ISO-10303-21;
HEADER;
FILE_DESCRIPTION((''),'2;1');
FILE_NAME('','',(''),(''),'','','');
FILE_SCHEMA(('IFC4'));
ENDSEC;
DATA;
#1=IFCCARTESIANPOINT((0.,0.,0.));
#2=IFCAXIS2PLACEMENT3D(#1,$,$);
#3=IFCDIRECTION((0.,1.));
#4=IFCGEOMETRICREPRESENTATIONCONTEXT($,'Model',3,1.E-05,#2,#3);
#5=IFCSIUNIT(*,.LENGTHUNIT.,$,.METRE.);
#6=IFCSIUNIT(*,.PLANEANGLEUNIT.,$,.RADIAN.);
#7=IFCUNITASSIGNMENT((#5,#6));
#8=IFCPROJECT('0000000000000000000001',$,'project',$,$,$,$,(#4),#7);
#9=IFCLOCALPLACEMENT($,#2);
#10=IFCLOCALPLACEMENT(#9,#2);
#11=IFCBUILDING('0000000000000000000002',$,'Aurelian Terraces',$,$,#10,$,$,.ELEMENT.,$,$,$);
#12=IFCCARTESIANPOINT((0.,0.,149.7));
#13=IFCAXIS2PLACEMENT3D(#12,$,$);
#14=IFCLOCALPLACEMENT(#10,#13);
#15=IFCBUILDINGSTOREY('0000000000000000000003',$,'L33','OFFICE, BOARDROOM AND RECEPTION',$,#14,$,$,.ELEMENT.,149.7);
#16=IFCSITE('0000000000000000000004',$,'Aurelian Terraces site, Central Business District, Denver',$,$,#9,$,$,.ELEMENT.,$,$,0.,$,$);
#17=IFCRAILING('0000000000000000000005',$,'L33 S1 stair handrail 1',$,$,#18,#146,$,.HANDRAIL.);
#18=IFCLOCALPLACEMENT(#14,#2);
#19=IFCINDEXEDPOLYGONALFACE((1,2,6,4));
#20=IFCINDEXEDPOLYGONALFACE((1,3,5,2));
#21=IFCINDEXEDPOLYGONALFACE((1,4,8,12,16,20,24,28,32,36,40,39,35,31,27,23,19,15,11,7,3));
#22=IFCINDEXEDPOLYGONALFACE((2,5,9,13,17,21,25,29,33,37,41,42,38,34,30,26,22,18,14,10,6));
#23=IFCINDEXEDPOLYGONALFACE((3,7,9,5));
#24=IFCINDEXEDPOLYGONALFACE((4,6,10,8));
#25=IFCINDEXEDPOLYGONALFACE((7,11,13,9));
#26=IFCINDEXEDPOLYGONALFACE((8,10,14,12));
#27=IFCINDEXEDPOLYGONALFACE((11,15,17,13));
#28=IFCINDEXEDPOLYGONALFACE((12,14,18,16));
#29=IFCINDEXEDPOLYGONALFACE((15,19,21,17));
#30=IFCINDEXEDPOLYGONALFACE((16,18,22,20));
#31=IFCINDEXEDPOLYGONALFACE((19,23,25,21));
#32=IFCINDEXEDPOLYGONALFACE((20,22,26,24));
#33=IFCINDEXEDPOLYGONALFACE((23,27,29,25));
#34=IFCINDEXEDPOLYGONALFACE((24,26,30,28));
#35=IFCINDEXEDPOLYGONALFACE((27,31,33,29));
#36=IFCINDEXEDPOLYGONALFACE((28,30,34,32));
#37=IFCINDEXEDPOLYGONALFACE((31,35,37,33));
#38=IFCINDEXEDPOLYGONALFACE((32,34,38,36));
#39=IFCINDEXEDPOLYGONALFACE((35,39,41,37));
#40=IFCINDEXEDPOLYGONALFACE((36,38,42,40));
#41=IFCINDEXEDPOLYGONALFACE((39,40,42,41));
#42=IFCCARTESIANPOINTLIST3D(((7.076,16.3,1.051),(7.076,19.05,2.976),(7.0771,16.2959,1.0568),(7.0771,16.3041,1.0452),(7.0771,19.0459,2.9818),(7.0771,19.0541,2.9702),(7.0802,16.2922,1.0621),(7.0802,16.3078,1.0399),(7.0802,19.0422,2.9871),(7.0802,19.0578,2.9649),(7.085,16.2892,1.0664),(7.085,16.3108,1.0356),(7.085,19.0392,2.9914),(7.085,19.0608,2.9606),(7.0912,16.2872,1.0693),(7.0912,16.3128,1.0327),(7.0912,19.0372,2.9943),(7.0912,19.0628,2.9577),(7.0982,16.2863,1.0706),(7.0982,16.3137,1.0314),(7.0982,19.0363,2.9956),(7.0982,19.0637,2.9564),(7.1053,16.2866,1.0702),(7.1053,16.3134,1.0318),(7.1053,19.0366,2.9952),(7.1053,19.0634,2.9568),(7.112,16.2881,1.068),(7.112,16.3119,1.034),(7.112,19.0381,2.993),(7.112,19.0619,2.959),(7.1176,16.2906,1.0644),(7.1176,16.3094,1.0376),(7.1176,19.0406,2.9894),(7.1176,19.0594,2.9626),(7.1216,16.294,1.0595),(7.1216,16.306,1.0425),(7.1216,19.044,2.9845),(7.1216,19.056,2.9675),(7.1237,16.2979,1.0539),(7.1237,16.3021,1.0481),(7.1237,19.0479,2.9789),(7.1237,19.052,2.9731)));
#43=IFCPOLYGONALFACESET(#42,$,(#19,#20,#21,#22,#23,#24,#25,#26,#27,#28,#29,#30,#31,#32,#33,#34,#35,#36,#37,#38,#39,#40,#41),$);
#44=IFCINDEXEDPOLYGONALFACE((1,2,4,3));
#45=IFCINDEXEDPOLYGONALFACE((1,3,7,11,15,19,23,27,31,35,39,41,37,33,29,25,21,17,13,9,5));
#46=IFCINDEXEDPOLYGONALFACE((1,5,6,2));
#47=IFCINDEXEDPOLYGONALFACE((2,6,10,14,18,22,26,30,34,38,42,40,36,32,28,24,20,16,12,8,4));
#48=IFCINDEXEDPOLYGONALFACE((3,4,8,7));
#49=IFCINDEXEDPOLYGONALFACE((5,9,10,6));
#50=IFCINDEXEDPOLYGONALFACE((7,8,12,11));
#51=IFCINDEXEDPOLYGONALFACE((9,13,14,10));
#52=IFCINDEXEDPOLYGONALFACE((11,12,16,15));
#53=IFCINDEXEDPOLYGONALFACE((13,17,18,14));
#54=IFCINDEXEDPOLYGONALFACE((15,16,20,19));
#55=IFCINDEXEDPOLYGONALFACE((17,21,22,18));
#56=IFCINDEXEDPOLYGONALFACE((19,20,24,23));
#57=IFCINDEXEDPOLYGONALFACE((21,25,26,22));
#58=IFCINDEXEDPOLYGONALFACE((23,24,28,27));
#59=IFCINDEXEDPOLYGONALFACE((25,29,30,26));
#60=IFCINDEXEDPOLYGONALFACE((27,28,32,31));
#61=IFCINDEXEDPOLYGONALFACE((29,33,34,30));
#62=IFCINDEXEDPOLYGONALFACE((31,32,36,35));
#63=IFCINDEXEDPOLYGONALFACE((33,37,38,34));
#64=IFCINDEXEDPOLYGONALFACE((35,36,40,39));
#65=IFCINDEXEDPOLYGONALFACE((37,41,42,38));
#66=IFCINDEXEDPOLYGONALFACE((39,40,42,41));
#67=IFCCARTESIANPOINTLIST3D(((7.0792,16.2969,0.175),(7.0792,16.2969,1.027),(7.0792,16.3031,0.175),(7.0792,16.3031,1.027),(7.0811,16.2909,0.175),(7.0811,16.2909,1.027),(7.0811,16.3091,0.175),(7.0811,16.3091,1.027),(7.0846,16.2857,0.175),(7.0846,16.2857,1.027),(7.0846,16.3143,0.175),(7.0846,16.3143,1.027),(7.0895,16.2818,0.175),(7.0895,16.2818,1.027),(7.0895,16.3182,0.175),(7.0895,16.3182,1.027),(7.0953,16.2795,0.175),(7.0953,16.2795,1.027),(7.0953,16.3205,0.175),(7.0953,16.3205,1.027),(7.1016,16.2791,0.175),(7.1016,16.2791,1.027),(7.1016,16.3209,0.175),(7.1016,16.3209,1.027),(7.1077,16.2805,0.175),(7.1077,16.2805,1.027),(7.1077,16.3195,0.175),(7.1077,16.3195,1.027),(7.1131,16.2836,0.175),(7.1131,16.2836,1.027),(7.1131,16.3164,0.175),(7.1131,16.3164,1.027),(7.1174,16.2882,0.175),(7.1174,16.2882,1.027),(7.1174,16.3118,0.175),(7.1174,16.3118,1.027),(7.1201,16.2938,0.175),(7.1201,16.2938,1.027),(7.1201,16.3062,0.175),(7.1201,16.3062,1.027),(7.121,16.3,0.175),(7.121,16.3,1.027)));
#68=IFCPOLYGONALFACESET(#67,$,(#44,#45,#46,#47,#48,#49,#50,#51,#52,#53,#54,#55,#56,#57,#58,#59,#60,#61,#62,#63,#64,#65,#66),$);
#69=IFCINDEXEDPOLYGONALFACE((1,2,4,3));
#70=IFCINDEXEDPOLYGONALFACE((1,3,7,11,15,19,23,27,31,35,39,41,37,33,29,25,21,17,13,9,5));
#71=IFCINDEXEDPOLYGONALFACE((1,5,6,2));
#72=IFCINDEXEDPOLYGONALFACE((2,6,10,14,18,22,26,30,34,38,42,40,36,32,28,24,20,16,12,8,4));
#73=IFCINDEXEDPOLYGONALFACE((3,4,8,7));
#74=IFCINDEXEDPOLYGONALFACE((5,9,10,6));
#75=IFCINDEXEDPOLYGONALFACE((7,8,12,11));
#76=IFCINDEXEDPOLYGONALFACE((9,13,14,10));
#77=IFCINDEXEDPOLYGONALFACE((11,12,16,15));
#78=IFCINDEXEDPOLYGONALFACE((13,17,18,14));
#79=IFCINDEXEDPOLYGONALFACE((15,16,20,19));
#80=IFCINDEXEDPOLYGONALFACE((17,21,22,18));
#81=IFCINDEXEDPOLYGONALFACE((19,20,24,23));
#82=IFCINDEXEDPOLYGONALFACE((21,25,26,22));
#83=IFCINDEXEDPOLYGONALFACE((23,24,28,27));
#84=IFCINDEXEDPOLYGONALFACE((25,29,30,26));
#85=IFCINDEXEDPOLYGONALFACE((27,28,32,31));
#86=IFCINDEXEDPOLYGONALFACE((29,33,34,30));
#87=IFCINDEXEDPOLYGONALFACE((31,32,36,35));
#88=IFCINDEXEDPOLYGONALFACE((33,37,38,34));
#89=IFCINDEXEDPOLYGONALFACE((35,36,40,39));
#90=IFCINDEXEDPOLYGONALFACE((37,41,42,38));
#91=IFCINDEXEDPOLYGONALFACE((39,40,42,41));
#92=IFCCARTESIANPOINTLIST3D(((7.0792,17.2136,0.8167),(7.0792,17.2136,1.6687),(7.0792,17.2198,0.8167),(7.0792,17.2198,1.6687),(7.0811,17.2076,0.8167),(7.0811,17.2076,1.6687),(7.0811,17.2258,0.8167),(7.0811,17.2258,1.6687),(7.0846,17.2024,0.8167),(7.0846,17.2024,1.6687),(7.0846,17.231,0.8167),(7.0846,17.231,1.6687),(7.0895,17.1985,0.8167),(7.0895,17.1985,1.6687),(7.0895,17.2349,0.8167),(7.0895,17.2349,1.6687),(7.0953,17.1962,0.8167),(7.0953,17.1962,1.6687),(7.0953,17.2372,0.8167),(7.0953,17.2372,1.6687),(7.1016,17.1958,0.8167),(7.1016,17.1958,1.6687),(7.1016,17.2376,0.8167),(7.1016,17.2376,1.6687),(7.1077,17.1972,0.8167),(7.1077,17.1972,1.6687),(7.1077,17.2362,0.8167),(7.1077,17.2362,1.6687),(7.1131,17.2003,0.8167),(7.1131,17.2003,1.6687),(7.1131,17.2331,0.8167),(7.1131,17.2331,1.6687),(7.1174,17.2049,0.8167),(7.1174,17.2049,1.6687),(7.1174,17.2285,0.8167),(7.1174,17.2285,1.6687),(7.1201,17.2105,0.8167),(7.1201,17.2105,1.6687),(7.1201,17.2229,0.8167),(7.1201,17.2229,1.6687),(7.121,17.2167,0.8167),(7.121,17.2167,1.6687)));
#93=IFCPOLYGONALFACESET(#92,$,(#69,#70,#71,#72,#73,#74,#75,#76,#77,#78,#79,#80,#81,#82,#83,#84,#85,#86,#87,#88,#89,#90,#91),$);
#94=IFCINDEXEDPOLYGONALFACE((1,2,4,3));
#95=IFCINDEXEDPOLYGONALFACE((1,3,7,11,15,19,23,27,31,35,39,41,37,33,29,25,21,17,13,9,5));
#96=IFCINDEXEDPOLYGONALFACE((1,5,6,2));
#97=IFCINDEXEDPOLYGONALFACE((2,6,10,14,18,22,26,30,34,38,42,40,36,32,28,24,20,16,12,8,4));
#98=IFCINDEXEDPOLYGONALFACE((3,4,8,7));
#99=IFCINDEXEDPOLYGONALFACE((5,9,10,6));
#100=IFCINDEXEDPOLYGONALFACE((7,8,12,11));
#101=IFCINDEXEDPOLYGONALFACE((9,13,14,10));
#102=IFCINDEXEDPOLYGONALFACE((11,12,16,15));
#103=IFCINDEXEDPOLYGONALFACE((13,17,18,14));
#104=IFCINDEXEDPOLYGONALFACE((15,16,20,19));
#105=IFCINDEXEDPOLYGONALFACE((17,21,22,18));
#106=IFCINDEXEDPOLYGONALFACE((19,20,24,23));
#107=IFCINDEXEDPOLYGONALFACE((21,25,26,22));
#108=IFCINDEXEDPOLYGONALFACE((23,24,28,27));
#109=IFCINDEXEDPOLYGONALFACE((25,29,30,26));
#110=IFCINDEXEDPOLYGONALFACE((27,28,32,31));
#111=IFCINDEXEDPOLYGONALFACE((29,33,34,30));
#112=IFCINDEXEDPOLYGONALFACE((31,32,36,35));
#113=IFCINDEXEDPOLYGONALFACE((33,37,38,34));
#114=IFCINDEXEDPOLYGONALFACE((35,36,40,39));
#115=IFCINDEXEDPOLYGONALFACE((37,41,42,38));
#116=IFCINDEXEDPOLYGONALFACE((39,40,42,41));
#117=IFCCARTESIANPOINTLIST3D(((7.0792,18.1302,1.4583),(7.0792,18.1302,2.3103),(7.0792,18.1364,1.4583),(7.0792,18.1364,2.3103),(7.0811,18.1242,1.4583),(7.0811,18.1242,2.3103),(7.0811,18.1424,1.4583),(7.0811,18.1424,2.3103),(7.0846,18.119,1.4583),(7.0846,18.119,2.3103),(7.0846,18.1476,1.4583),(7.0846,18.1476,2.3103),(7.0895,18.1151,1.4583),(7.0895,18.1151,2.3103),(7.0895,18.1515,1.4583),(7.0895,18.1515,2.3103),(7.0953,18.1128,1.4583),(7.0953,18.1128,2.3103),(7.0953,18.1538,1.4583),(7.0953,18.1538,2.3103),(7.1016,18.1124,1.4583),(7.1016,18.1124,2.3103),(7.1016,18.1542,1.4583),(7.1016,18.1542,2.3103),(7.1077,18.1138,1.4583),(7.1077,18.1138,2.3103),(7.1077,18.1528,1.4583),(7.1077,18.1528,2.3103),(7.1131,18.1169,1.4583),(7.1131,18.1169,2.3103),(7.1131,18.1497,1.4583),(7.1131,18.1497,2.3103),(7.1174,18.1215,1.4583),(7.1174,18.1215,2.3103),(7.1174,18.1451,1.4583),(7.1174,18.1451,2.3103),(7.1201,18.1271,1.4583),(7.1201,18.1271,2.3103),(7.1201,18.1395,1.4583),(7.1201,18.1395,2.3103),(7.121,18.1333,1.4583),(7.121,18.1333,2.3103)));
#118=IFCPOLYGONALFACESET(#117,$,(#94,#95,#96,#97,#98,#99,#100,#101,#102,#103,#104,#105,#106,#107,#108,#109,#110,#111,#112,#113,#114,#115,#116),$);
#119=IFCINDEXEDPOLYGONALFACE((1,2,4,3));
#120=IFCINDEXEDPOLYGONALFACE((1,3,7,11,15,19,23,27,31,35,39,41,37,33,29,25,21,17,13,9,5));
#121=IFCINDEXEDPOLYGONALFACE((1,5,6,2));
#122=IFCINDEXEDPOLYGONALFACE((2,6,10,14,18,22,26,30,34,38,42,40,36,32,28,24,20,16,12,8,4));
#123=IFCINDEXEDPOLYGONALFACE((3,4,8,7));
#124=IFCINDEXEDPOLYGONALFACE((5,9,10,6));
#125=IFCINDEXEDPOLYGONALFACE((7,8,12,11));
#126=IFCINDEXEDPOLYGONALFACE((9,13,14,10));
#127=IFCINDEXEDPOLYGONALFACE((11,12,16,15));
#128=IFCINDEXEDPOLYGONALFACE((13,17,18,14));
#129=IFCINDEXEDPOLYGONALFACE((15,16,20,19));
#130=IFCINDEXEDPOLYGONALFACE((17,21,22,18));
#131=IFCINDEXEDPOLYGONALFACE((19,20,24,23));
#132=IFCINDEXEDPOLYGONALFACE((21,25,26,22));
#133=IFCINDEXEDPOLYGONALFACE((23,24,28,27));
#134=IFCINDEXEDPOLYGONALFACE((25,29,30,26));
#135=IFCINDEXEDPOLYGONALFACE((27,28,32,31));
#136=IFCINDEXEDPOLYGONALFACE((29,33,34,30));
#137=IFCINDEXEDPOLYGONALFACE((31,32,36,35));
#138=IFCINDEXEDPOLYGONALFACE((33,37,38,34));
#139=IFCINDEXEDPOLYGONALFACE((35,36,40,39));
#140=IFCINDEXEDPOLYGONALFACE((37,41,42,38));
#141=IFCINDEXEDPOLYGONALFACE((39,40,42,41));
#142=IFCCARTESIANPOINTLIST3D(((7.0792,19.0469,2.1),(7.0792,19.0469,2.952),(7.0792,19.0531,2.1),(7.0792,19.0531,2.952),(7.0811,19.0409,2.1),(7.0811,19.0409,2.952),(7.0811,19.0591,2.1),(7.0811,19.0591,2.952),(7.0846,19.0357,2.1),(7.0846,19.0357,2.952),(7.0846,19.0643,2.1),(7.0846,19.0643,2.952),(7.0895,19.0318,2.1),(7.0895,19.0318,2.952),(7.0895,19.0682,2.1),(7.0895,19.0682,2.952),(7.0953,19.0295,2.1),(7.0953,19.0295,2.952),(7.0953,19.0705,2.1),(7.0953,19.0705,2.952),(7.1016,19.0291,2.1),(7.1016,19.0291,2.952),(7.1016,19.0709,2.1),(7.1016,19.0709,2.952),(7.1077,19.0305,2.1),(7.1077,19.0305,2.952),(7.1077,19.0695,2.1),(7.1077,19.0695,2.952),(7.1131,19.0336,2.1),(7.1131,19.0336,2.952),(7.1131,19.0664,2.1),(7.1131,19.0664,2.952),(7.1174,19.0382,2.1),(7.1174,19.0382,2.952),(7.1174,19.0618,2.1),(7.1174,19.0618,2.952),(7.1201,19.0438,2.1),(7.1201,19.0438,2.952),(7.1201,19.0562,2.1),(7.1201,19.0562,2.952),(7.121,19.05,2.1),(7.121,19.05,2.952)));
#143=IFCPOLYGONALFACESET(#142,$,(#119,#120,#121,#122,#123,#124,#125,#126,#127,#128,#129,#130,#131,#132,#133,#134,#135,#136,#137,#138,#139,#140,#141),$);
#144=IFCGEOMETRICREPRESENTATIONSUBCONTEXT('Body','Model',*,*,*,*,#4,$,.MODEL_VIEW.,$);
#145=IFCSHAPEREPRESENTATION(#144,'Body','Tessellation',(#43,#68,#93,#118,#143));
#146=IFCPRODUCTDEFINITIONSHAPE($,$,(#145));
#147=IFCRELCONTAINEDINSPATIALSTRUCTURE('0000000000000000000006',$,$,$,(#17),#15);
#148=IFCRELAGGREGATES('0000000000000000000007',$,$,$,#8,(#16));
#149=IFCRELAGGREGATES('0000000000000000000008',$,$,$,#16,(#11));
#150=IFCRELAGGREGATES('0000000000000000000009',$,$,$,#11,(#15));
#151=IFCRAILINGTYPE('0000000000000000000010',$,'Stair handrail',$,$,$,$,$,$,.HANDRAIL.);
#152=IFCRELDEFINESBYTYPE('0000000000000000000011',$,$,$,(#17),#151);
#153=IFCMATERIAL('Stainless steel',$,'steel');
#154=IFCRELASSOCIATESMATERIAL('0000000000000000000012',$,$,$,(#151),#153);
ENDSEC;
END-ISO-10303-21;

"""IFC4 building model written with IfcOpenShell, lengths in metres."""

from ifc_helpers import new_model, si_unit, direction, frame, origin, origin_2d, place, context, subcontext, project, spatial, circle, extrude, source, transform, mapped, material, type_object, element, save


model = new_model("IFC4")

# Units and contexts
model_context = context("Model", 3, precision=1e-05, world=origin(), true_north=direction((0.0, 1.0)))
body_context = subcontext(model_context, "Body", "Model", "MODEL_VIEW")
ifc_project = project(units=[si_unit("LENGTHUNIT", "METRE"), si_unit("PLANEANGLEUNIT", "RADIAN")], contexts=[model_context])

# Site, building, storey
site_placement = place(None, origin())
site = spatial("IfcSite", under=ifc_project, at=site_placement, Name="Aurelian Terraces site, Central Business District, Denver", CompositionType="ELEMENT", RefElevation=0.0)
building_placement = place(site_placement, origin())
building = spatial("IfcBuilding", under=site, at=building_placement, Name="Aurelian Terraces", CompositionType="ELEMENT")
storey_placement = place(building_placement, frame((0.0, 0.0, 149.7)))
storey = spatial("IfcBuildingStorey", under=building, at=storey_placement, Name="L33", Description="OFFICE, BOARDROOM AND RECEPTION", CompositionType="ELEMENT", Elevation=149.7)

# Shared definitions
ifc_material_1 = material(Name="Stainless steel", Category="steel")

# Railing
railing_type_1 = type_object("IfcRailingType", Name="Stair handrail", PredefinedType="HANDRAIL", material=ifc_material_1)
shared_shape_1 = source(origin(), body_context, "Body", "SweptSolid", [
    extrude(circle(Radius=0.024, at=origin_2d()), frame((0.0, 0.0, 0.876), z_axis=(0.0, 0.819232, 0.573462), x_axis=(-1.0, 0.0, 0.0)), (0.0, 0.0, 1.0), 3.3568),
    extrude(circle(Radius=0.021, at=origin_2d()), origin(), (0.0, 0.0, 1.0), 0.852),
    extrude(circle(Radius=0.021, at=origin_2d()), frame((0.0, 0.9167, 0.6417)), (0.0, 0.0, 1.0), 0.852),
    extrude(circle(Radius=0.021, at=origin_2d()), frame((0.0, 1.8333, 1.2833)), (0.0, 0.0, 1.0), 0.852),
    extrude(circle(Radius=0.021, at=origin_2d()), frame((0.0, 2.75, 1.925)), (0.0, 0.0, 1.0), 0.852),
])
railing_1_placement = place(storey_placement, frame((7.1, 16.3, 0.175)))
element("IfcRailing", 1, at=railing_1_placement, inside=storey, type_object=railing_type_1, Name="L33 S1 stair handrail 1", PredefinedType="HANDRAIL", context=body_context, shape_type="MappedRepresentation", body=[
    mapped(shared_shape_1, transform((0.0, 0.0, 0.0), scale=1.0)),
])

save(model, "model.ifc")
